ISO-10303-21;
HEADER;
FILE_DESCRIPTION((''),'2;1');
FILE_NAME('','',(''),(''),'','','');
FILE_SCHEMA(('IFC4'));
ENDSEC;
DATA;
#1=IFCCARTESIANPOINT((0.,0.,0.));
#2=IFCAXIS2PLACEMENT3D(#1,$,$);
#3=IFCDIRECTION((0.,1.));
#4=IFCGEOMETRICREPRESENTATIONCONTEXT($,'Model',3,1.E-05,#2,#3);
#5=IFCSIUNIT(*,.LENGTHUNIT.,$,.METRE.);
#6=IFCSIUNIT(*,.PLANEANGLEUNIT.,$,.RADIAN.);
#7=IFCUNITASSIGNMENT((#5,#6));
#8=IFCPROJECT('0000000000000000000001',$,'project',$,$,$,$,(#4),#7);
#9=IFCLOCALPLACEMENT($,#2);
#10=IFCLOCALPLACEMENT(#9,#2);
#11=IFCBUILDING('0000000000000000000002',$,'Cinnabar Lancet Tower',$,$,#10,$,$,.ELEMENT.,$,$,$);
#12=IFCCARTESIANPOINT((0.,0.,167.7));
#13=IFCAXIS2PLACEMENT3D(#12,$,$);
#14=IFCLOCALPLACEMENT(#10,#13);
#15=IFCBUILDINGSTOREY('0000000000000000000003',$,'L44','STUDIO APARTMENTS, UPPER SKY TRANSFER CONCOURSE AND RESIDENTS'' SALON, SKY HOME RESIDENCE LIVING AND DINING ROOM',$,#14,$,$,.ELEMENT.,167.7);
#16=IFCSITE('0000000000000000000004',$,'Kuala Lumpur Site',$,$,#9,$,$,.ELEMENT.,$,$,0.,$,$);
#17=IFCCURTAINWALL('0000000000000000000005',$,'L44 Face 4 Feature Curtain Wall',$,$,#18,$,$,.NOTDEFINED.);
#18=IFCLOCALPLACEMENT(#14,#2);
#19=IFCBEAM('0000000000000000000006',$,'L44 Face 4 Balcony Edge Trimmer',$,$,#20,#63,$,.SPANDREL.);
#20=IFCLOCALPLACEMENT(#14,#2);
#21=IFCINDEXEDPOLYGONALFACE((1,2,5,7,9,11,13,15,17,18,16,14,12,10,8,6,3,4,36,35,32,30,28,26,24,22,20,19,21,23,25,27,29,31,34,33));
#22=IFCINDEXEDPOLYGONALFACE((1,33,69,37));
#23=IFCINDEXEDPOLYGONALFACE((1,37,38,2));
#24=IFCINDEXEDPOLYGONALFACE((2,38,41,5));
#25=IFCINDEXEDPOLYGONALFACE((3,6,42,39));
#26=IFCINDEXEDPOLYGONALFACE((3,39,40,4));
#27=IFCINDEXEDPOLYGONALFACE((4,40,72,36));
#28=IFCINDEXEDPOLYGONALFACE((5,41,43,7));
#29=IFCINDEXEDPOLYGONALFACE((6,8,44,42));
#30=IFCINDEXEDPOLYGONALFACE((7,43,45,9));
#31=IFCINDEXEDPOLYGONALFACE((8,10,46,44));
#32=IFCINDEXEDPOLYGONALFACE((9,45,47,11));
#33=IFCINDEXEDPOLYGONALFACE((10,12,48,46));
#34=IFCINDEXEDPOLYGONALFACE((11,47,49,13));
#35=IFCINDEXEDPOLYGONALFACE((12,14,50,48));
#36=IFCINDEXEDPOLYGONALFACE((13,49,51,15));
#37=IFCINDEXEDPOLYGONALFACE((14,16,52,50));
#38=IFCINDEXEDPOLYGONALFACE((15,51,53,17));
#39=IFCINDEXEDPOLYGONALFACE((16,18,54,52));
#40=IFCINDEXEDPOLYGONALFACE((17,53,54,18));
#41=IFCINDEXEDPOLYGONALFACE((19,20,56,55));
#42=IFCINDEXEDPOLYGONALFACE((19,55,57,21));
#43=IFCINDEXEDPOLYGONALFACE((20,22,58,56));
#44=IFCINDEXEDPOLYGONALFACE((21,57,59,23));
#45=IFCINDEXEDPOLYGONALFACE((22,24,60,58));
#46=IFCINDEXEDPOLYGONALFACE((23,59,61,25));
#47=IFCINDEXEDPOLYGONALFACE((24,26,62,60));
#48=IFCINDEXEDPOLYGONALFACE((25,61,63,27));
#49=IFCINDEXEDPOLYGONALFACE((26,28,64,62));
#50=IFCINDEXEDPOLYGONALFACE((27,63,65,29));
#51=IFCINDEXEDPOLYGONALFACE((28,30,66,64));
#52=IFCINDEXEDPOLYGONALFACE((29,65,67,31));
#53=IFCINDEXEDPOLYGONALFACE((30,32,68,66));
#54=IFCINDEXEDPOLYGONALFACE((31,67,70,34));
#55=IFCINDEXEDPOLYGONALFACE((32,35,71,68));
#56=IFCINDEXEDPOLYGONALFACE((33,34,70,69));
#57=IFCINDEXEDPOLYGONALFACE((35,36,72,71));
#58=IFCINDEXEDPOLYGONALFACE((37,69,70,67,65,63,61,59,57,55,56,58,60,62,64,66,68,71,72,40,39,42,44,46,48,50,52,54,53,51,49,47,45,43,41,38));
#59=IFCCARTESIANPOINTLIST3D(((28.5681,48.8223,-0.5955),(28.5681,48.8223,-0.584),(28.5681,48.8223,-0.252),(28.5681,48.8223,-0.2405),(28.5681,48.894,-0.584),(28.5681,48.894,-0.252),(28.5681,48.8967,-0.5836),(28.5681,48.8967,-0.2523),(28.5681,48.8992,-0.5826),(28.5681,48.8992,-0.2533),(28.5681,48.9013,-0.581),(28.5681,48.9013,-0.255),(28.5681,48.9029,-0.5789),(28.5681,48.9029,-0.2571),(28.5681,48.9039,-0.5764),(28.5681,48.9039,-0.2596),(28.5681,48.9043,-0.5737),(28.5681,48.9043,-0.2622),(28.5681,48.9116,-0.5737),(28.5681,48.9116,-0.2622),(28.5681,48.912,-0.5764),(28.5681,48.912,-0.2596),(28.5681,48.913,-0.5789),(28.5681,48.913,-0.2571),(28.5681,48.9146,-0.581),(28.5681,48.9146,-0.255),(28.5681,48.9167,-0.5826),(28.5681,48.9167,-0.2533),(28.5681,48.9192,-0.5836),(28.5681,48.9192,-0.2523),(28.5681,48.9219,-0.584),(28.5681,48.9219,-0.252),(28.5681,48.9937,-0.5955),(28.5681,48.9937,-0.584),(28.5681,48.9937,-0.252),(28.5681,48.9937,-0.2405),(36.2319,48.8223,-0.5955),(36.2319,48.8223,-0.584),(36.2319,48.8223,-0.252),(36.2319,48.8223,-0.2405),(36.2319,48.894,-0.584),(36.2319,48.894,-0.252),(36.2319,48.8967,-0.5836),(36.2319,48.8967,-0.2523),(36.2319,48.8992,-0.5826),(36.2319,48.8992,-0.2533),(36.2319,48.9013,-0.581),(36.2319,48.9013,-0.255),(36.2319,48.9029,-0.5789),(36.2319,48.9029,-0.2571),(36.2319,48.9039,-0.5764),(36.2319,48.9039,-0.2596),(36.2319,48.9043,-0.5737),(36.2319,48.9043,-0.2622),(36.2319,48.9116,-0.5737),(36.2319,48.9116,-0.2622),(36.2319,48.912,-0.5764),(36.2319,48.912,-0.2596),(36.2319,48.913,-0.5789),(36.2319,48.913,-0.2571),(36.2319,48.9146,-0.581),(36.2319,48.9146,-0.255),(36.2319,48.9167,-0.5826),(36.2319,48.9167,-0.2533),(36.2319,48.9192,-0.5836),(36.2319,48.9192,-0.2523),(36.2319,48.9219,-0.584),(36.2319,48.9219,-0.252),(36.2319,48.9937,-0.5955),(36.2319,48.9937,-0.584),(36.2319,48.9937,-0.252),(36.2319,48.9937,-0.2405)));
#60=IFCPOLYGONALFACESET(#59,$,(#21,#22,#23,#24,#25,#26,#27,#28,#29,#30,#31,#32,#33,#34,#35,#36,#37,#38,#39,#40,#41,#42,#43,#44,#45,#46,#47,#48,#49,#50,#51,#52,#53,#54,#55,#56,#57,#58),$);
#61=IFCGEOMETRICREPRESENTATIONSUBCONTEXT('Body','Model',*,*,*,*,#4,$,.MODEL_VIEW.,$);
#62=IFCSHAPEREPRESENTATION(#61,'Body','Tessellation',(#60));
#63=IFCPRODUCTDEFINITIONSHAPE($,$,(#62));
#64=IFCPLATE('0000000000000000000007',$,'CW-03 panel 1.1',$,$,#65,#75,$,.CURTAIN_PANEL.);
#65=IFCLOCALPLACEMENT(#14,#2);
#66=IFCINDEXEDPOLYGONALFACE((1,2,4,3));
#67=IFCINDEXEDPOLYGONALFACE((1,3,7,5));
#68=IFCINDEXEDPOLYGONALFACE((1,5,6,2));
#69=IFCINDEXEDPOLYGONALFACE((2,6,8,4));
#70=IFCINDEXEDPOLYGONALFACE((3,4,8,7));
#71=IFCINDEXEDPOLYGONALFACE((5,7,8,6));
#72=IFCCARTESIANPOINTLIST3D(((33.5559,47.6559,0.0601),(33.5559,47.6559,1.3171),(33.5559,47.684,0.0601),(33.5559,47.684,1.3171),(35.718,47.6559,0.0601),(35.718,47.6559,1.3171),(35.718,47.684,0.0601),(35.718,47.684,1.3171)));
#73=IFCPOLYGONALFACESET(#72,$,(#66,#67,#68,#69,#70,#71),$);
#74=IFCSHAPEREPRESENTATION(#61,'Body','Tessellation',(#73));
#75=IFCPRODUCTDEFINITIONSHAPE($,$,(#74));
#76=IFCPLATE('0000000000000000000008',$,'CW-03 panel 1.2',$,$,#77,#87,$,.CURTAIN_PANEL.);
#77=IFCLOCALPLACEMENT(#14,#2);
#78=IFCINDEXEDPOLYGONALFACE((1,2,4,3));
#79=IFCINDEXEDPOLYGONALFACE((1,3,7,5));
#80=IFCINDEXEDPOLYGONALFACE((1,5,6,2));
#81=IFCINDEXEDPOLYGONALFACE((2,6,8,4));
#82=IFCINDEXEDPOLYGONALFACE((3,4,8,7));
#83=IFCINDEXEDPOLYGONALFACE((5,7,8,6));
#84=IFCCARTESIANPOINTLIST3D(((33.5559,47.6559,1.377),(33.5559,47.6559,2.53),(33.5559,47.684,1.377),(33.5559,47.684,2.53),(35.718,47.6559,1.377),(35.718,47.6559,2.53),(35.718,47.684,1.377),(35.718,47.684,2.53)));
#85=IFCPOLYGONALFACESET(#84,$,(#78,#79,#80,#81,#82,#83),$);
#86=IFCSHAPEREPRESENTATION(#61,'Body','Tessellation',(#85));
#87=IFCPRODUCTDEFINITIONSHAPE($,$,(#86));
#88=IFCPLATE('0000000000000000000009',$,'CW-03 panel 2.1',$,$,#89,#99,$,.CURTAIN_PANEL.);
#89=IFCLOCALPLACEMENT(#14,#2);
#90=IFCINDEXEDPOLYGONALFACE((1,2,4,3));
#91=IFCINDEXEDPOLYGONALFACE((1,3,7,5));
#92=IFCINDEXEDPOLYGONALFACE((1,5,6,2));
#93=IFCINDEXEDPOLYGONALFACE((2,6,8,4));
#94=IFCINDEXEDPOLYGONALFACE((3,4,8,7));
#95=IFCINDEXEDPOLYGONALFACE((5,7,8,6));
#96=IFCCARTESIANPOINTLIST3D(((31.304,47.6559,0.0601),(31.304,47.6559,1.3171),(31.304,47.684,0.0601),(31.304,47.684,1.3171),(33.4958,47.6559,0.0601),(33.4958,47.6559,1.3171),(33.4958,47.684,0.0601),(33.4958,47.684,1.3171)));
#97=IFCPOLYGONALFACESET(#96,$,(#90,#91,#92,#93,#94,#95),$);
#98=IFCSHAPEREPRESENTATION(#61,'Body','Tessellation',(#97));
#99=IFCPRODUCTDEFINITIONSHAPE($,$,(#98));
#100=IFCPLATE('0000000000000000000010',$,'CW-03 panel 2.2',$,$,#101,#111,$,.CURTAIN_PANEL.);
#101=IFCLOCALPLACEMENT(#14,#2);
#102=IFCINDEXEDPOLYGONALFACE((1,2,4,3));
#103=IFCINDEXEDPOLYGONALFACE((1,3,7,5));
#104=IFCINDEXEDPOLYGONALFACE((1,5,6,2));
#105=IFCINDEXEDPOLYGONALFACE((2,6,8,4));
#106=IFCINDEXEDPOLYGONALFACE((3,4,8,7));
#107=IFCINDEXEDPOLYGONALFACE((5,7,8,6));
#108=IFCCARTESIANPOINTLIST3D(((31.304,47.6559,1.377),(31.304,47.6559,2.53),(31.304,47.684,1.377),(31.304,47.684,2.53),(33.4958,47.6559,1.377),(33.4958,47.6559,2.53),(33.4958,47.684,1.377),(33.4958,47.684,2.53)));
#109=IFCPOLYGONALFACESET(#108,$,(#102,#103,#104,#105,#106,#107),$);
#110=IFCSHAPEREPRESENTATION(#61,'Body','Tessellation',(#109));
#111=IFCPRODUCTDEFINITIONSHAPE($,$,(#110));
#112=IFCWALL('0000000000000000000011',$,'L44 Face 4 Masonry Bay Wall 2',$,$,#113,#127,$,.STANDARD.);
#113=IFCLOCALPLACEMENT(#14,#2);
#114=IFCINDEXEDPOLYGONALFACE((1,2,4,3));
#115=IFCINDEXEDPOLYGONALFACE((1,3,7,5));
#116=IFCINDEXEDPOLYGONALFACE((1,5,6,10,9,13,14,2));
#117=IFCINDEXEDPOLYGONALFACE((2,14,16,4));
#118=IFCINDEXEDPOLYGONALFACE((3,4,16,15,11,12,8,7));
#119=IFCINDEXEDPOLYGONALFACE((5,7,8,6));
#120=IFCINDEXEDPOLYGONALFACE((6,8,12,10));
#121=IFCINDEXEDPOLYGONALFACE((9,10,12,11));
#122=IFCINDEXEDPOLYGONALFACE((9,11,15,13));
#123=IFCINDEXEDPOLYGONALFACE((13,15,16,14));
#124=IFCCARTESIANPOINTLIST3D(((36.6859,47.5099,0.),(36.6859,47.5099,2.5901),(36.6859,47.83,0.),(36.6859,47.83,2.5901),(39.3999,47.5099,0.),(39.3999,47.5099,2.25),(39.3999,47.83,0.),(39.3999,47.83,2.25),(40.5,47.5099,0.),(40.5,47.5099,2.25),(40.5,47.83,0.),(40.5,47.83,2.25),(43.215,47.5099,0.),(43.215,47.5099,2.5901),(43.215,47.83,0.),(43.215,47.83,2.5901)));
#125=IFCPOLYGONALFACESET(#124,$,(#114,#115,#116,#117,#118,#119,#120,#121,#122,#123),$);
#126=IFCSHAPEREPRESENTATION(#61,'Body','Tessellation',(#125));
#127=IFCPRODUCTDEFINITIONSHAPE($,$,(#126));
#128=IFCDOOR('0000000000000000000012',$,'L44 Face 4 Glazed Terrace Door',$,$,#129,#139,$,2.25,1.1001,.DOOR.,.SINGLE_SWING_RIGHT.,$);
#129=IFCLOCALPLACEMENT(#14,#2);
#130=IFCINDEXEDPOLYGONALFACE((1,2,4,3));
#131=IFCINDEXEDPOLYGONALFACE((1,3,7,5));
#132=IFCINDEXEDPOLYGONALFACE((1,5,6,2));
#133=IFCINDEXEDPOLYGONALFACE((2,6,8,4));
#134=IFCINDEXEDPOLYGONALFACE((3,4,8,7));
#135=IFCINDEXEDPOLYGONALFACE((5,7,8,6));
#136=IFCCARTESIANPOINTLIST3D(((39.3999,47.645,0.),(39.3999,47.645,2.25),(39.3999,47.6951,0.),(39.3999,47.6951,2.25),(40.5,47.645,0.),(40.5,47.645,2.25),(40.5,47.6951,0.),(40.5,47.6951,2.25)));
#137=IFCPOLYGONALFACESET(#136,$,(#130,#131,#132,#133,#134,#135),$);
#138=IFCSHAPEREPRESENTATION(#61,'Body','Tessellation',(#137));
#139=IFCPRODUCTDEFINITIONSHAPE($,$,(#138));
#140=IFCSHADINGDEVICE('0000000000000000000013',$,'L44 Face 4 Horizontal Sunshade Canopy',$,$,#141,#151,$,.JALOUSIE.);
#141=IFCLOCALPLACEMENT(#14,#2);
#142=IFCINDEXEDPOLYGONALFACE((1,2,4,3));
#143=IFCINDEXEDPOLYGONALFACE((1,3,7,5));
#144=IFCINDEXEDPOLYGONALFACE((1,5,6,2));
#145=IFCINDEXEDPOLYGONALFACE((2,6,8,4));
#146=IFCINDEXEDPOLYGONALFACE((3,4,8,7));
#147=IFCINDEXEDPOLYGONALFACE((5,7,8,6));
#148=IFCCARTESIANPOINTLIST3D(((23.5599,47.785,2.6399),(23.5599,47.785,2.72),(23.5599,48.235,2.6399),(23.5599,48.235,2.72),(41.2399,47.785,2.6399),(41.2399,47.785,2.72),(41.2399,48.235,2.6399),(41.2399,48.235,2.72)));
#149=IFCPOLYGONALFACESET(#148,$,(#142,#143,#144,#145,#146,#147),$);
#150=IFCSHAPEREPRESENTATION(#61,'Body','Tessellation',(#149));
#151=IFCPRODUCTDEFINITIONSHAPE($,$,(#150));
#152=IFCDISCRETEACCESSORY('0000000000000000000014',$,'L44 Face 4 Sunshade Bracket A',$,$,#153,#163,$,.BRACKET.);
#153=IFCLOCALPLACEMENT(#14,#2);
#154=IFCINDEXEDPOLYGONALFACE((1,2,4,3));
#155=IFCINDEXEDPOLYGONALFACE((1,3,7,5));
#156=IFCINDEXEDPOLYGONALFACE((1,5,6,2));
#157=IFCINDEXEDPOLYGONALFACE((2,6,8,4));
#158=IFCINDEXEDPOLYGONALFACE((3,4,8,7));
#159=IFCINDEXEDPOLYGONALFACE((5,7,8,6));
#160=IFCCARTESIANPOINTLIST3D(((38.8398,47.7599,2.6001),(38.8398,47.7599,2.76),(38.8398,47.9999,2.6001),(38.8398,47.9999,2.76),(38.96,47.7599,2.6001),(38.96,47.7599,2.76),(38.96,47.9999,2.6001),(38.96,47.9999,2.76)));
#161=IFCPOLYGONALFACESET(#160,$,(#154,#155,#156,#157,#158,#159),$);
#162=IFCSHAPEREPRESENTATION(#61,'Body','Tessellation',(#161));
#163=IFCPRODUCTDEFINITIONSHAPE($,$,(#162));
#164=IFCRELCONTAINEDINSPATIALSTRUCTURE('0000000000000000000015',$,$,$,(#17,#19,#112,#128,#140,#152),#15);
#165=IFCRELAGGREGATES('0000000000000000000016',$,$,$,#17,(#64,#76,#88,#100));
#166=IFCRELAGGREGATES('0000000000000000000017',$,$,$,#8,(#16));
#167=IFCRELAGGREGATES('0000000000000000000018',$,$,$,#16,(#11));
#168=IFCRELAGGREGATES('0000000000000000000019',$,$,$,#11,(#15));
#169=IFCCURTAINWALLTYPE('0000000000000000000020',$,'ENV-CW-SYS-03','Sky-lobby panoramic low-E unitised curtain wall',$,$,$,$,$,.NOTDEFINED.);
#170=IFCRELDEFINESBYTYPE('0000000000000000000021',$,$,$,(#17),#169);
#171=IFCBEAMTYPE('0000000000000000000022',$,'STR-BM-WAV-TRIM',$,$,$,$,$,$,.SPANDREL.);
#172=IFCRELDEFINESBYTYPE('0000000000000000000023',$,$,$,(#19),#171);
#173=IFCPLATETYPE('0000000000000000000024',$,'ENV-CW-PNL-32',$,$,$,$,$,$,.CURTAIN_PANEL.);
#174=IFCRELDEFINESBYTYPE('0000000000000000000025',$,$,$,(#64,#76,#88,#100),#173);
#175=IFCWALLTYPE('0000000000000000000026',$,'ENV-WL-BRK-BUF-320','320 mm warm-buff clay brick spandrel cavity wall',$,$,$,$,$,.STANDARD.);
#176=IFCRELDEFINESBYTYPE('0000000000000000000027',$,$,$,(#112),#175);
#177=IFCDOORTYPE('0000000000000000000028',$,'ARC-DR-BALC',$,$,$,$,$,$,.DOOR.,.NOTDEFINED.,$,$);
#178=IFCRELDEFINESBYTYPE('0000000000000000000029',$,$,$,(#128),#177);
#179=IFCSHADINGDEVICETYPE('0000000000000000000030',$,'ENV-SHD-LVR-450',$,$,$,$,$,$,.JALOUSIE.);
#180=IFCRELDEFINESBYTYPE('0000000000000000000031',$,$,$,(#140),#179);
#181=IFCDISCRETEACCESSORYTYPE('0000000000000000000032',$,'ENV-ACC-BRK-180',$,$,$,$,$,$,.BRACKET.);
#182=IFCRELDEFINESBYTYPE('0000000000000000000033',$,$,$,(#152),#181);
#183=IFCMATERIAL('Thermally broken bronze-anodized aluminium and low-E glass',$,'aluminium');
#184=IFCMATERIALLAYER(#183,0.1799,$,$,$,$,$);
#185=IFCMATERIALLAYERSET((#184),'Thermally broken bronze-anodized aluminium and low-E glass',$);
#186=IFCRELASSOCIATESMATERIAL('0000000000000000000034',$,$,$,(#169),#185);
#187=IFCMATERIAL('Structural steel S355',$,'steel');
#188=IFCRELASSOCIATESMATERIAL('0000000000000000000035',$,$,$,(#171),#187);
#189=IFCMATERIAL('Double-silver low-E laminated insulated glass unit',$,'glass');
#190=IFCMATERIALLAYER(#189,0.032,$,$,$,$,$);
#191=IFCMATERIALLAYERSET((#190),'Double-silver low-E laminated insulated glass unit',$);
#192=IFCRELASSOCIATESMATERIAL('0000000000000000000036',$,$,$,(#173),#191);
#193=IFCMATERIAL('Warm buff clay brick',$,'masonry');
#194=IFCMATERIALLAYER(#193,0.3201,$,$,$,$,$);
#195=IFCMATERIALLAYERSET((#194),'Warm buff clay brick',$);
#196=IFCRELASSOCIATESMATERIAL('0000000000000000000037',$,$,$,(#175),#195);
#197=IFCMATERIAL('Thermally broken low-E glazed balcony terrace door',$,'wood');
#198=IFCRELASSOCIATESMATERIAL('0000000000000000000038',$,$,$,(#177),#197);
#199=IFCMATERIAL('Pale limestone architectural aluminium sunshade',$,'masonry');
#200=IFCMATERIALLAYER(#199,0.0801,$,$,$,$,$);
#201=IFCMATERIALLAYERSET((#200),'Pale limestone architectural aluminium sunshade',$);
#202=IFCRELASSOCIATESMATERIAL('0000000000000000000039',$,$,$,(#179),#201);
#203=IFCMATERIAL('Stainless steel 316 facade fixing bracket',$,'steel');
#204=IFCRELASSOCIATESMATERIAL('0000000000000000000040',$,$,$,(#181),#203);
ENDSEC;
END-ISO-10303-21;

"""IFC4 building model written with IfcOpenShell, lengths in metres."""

from ifc_helpers import new_model, si_unit, direction, frame, frame_2d, origin, origin_2d, place, context, subcontext, project, spatial, rectangle, i_section, extrude, material, layer, layer_set, material_profile, profile_set, type_object, element, fill, aggregate, save


model = new_model("IFC4")

# Units and contexts
model_context = context("Model", 3, precision=1e-05, world=origin(), true_north=direction((0.0, 1.0)))
body_context = subcontext(model_context, "Body", "Model", "MODEL_VIEW")
ifc_project = project(units=[si_unit("LENGTHUNIT", "METRE"), si_unit("PLANEANGLEUNIT", "RADIAN")], contexts=[model_context])

# Site, building, storey
site_placement = place(None, origin())
site = spatial("IfcSite", under=ifc_project, at=site_placement, Name="Kuala Lumpur Site", CompositionType="ELEMENT", RefElevation=0.0)
building_placement = place(site_placement, origin())
building = spatial("IfcBuilding", under=site, at=building_placement, Name="Cinnabar Lancet Tower", CompositionType="ELEMENT")
storey_placement = place(building_placement, frame((0.0, 0.0, 167.7)))
storey = spatial("IfcBuildingStorey", under=building, at=storey_placement, Name="L44", Description="STUDIO APARTMENTS, UPPER SKY TRANSFER CONCOURSE AND RESIDENTS' SALON, SKY HOME RESIDENCE LIVING AND DINING ROOM", CompositionType="ELEMENT", Elevation=167.7)

# Curtain wall
ifc_material_1 = material(Name="Thermally broken bronze-anodized aluminium and low-E glass", Category="aluminium")
ifc_layer_1 = layer(ifc_material_1, 0.1799)
ifc_layer_set_1 = layer_set([ifc_layer_1], Name="Thermally broken bronze-anodized aluminium and low-E glass")
curtain_wall_type = type_object("IfcCurtainWallType", Name="ENV-CW-SYS-03", Description="Sky-lobby panoramic low-E unitised curtain wall", PredefinedType="NOTDEFINED", material=ifc_layer_set_1)
curtain_wall_placement = place(storey_placement, origin())
curtain_wall = element("IfcCurtainWall", 1, at=curtain_wall_placement, inside=storey, type_object=curtain_wall_type, Name="L44 Face 4 Feature Curtain Wall", PredefinedType="NOTDEFINED")

# Beam
ifc_material_2 = material(Name="Structural steel S355", Category="steel")
ifc_material_profile_1 = material_profile(ifc_material_2, i_section(OverallWidth=0.1714, OverallDepth=0.355, WebThickness=0.0073, FlangeThickness=0.0115, FilletRadius=0.0103, at=origin_2d()), Name="UKB 356x171x51")
ifc_profile_set_1 = profile_set([ifc_material_profile_1], Name="Structural steel S355")
beam_type_1 = type_object("IfcBeamType", Name="STR-BM-WAV-TRIM", PredefinedType="SPANDREL", material=ifc_profile_set_1)
beam_1_placement = place(storey_placement, frame((36.2319, 48.908, -0.418), z_axis=(-1.0, 0.0, 0.0), x_axis=(0.0, -1.0, 0.0)))
element("IfcBeam", 2, at=beam_1_placement, inside=storey, type_object=beam_type_1, Name="L44 Face 4 Balcony Edge Trimmer", PredefinedType="SPANDREL", context=body_context, shape_type="SweptSolid", body=[
    extrude(i_section(OverallWidth=0.1714, OverallDepth=0.355, WebThickness=0.0073, FlangeThickness=0.0115, FilletRadius=0.0103, at=origin_2d()), origin(), (0.0, 0.0, 1.0), 7.6638),
])

# Plates
ifc_material_3 = material(Name="Double-silver low-E laminated insulated glass unit", Category="glass")
ifc_layer_2 = layer(ifc_material_3, 0.032)
ifc_layer_set_2 = layer_set([ifc_layer_2], Name="Double-silver low-E laminated insulated glass unit")
plate_type = type_object("IfcPlateType", Name="ENV-CW-PNL-32", PredefinedType="CURTAIN_PANEL", material=ifc_layer_set_2)
plate_1_placement = place(storey_placement, frame((34.637, 47.6699, 0.0601), z_axis=(0.0, 0.0, 1.0), x_axis=(-1.0, 0.0, 0.0)))
plate_1 = element("IfcPlate", 3, at=plate_1_placement, type_object=plate_type, Name="CW-03 panel 1.1", PredefinedType="CURTAIN_PANEL", context=body_context, shape_type="SweptSolid", body=[
    extrude(rectangle(XDim=2.1621, YDim=0.0281, at=origin_2d()), origin(), (0.0, 0.0, 1.0), 1.2571),
])
plate_2_placement = place(storey_placement, frame((34.637, 47.6699, 1.377), z_axis=(0.0, 0.0, 1.0), x_axis=(-1.0, 0.0, 0.0)))
plate_2 = element("IfcPlate", 4, at=plate_2_placement, type_object=plate_type, Name="CW-03 panel 1.2", PredefinedType="CURTAIN_PANEL", context=body_context, shape_type="SweptSolid", body=[
    extrude(rectangle(XDim=2.1621, YDim=0.0281, at=origin_2d()), origin(), (0.0, 0.0, 1.0), 1.1531),
])
plate_3_placement = place(storey_placement, frame((32.3999, 47.6699, 0.0601), z_axis=(0.0, 0.0, 1.0), x_axis=(-1.0, 0.0, 0.0)))
plate_3 = element("IfcPlate", 5, at=plate_3_placement, type_object=plate_type, Name="CW-03 panel 2.1", PredefinedType="CURTAIN_PANEL", context=body_context, shape_type="SweptSolid", body=[
    extrude(rectangle(XDim=2.1919, YDim=0.0281, at=origin_2d()), origin(), (0.0, 0.0, 1.0), 1.2571),
])
plate_4_placement = place(storey_placement, frame((32.3999, 47.6699, 1.377), z_axis=(0.0, 0.0, 1.0), x_axis=(-1.0, 0.0, 0.0)))
plate_4 = element("IfcPlate", 6, at=plate_4_placement, type_object=plate_type, Name="CW-03 panel 2.2", PredefinedType="CURTAIN_PANEL", context=body_context, shape_type="SweptSolid", body=[
    extrude(rectangle(XDim=2.1919, YDim=0.0281, at=origin_2d()), origin(), (0.0, 0.0, 1.0), 1.1531),
])
aggregate(curtain_wall, [plate_1, plate_2, plate_3, plate_4])

# Wall, opening, door
ifc_material_4 = material(Name="Warm buff clay brick", Category="masonry")
ifc_layer_3 = layer(ifc_material_4, 0.3201)
ifc_layer_set_3 = layer_set([ifc_layer_3], Name="Warm buff clay brick")
wall_type = type_object("IfcWallType", Name="ENV-WL-BRK-BUF-320", Description="320 mm warm-buff clay brick spandrel cavity wall", PredefinedType="STANDARD", material=ifc_layer_set_3)
wall_placement = place(storey_placement, frame((43.2151, 47.6699, 0.0), z_axis=(0.0, 0.0, 1.0), x_axis=(-1.0, 0.0, 0.0)))
wall = element("IfcWall", 7, at=wall_placement, inside=storey, type_object=wall_type, Name="L44 Face 4 Masonry Bay Wall 2", PredefinedType="STANDARD", context=body_context, shape_type="SweptSolid", body=[
    extrude(rectangle(XDim=6.5291, YDim=0.3201, at=frame_2d((3.2646, 0.0))), origin(), (0.0, 0.0, 1.0), 2.5901),
])
opening_placement = place(wall_placement, frame((2.7151, 0.0, 0.0)))
opening = element("IfcOpeningElement", 8, at=opening_placement, cuts=wall, PredefinedType="OPENING", context=body_context, shape_type="SweptSolid", body=[
    extrude(rectangle(XDim=1.1001, YDim=2.25, at=frame_2d((0.55, 1.125))), frame((0.0, 0.1699, 0.0), z_axis=(0.0, -1.0, 0.0), x_axis=(1.0, 0.0, 0.0)), (0.0, 0.0, 1.0), 0.3401),
])
ifc_material_5 = material(Name="Thermally broken low-E glazed balcony terrace door", Category="wood")
door_type = type_object("IfcDoorType", Name="ARC-DR-BALC", OperationType="NOTDEFINED", PredefinedType="DOOR", material=ifc_material_5)
door_placement = place(opening_placement, origin())
door = element("IfcDoor", 9, at=door_placement, inside=storey, type_object=door_type, Name="L44 Face 4 Glazed Terrace Door", OperationType="SINGLE_SWING_RIGHT", OverallHeight=2.25, OverallWidth=1.1001, PredefinedType="DOOR", context=body_context, shape_type="SweptSolid", body=[
    extrude(rectangle(XDim=1.1001, YDim=2.25, at=frame_2d((0.55, 1.125))), frame((0.0, 0.0249, 0.0), z_axis=(0.0, -1.0, 0.0), x_axis=(1.0, 0.0, 0.0)), (0.0, 0.0, 1.0), 0.05),
])
fill(opening, door)

# Shading device
ifc_material_6 = material(Name="Pale limestone architectural aluminium sunshade", Category="masonry")
ifc_layer_4 = layer(ifc_material_6, 0.0801)
ifc_layer_set_4 = layer_set([ifc_layer_4], Name="Pale limestone architectural aluminium sunshade")
shading_device_type = type_object("IfcShadingDeviceType", Name="ENV-SHD-LVR-450", PredefinedType="JALOUSIE", material=ifc_layer_set_4)
shading_device_placement = place(storey_placement, frame((32.3999, 48.01, 2.6399), z_axis=(0.0, 0.0, 1.0), x_axis=(-1.0, 0.0, 0.0)))
element("IfcShadingDevice", 10, at=shading_device_placement, inside=storey, type_object=shading_device_type, Name="L44 Face 4 Horizontal Sunshade Canopy", PredefinedType="JALOUSIE", context=body_context, shape_type="SweptSolid", body=[
    extrude(rectangle(XDim=17.6799, YDim=0.45, at=origin_2d()), origin(), (0.0, 0.0, 1.0), 0.0801),
])

# Discrete accessory
ifc_material_7 = material(Name="Stainless steel 316 facade fixing bracket", Category="steel")
discrete_accessory_type = type_object("IfcDiscreteAccessoryType", Name="ENV-ACC-BRK-180", PredefinedType="BRACKET", material=ifc_material_7)
discrete_accessory_placement = place(storey_placement, frame((38.8999, 47.8799, 2.6001), z_axis=(0.0, 0.0, 1.0), x_axis=(-1.0, 0.0, 0.0)))
element("IfcDiscreteAccessory", 11, at=discrete_accessory_placement, inside=storey, type_object=discrete_accessory_type, Name="L44 Face 4 Sunshade Bracket A", PredefinedType="BRACKET", context=body_context, shape_type="SweptSolid", body=[
    extrude(rectangle(XDim=0.1201, YDim=0.24, at=origin_2d()), origin(), (0.0, 0.0, 1.0), 0.1599),
])

save(model, "model.ifc")
